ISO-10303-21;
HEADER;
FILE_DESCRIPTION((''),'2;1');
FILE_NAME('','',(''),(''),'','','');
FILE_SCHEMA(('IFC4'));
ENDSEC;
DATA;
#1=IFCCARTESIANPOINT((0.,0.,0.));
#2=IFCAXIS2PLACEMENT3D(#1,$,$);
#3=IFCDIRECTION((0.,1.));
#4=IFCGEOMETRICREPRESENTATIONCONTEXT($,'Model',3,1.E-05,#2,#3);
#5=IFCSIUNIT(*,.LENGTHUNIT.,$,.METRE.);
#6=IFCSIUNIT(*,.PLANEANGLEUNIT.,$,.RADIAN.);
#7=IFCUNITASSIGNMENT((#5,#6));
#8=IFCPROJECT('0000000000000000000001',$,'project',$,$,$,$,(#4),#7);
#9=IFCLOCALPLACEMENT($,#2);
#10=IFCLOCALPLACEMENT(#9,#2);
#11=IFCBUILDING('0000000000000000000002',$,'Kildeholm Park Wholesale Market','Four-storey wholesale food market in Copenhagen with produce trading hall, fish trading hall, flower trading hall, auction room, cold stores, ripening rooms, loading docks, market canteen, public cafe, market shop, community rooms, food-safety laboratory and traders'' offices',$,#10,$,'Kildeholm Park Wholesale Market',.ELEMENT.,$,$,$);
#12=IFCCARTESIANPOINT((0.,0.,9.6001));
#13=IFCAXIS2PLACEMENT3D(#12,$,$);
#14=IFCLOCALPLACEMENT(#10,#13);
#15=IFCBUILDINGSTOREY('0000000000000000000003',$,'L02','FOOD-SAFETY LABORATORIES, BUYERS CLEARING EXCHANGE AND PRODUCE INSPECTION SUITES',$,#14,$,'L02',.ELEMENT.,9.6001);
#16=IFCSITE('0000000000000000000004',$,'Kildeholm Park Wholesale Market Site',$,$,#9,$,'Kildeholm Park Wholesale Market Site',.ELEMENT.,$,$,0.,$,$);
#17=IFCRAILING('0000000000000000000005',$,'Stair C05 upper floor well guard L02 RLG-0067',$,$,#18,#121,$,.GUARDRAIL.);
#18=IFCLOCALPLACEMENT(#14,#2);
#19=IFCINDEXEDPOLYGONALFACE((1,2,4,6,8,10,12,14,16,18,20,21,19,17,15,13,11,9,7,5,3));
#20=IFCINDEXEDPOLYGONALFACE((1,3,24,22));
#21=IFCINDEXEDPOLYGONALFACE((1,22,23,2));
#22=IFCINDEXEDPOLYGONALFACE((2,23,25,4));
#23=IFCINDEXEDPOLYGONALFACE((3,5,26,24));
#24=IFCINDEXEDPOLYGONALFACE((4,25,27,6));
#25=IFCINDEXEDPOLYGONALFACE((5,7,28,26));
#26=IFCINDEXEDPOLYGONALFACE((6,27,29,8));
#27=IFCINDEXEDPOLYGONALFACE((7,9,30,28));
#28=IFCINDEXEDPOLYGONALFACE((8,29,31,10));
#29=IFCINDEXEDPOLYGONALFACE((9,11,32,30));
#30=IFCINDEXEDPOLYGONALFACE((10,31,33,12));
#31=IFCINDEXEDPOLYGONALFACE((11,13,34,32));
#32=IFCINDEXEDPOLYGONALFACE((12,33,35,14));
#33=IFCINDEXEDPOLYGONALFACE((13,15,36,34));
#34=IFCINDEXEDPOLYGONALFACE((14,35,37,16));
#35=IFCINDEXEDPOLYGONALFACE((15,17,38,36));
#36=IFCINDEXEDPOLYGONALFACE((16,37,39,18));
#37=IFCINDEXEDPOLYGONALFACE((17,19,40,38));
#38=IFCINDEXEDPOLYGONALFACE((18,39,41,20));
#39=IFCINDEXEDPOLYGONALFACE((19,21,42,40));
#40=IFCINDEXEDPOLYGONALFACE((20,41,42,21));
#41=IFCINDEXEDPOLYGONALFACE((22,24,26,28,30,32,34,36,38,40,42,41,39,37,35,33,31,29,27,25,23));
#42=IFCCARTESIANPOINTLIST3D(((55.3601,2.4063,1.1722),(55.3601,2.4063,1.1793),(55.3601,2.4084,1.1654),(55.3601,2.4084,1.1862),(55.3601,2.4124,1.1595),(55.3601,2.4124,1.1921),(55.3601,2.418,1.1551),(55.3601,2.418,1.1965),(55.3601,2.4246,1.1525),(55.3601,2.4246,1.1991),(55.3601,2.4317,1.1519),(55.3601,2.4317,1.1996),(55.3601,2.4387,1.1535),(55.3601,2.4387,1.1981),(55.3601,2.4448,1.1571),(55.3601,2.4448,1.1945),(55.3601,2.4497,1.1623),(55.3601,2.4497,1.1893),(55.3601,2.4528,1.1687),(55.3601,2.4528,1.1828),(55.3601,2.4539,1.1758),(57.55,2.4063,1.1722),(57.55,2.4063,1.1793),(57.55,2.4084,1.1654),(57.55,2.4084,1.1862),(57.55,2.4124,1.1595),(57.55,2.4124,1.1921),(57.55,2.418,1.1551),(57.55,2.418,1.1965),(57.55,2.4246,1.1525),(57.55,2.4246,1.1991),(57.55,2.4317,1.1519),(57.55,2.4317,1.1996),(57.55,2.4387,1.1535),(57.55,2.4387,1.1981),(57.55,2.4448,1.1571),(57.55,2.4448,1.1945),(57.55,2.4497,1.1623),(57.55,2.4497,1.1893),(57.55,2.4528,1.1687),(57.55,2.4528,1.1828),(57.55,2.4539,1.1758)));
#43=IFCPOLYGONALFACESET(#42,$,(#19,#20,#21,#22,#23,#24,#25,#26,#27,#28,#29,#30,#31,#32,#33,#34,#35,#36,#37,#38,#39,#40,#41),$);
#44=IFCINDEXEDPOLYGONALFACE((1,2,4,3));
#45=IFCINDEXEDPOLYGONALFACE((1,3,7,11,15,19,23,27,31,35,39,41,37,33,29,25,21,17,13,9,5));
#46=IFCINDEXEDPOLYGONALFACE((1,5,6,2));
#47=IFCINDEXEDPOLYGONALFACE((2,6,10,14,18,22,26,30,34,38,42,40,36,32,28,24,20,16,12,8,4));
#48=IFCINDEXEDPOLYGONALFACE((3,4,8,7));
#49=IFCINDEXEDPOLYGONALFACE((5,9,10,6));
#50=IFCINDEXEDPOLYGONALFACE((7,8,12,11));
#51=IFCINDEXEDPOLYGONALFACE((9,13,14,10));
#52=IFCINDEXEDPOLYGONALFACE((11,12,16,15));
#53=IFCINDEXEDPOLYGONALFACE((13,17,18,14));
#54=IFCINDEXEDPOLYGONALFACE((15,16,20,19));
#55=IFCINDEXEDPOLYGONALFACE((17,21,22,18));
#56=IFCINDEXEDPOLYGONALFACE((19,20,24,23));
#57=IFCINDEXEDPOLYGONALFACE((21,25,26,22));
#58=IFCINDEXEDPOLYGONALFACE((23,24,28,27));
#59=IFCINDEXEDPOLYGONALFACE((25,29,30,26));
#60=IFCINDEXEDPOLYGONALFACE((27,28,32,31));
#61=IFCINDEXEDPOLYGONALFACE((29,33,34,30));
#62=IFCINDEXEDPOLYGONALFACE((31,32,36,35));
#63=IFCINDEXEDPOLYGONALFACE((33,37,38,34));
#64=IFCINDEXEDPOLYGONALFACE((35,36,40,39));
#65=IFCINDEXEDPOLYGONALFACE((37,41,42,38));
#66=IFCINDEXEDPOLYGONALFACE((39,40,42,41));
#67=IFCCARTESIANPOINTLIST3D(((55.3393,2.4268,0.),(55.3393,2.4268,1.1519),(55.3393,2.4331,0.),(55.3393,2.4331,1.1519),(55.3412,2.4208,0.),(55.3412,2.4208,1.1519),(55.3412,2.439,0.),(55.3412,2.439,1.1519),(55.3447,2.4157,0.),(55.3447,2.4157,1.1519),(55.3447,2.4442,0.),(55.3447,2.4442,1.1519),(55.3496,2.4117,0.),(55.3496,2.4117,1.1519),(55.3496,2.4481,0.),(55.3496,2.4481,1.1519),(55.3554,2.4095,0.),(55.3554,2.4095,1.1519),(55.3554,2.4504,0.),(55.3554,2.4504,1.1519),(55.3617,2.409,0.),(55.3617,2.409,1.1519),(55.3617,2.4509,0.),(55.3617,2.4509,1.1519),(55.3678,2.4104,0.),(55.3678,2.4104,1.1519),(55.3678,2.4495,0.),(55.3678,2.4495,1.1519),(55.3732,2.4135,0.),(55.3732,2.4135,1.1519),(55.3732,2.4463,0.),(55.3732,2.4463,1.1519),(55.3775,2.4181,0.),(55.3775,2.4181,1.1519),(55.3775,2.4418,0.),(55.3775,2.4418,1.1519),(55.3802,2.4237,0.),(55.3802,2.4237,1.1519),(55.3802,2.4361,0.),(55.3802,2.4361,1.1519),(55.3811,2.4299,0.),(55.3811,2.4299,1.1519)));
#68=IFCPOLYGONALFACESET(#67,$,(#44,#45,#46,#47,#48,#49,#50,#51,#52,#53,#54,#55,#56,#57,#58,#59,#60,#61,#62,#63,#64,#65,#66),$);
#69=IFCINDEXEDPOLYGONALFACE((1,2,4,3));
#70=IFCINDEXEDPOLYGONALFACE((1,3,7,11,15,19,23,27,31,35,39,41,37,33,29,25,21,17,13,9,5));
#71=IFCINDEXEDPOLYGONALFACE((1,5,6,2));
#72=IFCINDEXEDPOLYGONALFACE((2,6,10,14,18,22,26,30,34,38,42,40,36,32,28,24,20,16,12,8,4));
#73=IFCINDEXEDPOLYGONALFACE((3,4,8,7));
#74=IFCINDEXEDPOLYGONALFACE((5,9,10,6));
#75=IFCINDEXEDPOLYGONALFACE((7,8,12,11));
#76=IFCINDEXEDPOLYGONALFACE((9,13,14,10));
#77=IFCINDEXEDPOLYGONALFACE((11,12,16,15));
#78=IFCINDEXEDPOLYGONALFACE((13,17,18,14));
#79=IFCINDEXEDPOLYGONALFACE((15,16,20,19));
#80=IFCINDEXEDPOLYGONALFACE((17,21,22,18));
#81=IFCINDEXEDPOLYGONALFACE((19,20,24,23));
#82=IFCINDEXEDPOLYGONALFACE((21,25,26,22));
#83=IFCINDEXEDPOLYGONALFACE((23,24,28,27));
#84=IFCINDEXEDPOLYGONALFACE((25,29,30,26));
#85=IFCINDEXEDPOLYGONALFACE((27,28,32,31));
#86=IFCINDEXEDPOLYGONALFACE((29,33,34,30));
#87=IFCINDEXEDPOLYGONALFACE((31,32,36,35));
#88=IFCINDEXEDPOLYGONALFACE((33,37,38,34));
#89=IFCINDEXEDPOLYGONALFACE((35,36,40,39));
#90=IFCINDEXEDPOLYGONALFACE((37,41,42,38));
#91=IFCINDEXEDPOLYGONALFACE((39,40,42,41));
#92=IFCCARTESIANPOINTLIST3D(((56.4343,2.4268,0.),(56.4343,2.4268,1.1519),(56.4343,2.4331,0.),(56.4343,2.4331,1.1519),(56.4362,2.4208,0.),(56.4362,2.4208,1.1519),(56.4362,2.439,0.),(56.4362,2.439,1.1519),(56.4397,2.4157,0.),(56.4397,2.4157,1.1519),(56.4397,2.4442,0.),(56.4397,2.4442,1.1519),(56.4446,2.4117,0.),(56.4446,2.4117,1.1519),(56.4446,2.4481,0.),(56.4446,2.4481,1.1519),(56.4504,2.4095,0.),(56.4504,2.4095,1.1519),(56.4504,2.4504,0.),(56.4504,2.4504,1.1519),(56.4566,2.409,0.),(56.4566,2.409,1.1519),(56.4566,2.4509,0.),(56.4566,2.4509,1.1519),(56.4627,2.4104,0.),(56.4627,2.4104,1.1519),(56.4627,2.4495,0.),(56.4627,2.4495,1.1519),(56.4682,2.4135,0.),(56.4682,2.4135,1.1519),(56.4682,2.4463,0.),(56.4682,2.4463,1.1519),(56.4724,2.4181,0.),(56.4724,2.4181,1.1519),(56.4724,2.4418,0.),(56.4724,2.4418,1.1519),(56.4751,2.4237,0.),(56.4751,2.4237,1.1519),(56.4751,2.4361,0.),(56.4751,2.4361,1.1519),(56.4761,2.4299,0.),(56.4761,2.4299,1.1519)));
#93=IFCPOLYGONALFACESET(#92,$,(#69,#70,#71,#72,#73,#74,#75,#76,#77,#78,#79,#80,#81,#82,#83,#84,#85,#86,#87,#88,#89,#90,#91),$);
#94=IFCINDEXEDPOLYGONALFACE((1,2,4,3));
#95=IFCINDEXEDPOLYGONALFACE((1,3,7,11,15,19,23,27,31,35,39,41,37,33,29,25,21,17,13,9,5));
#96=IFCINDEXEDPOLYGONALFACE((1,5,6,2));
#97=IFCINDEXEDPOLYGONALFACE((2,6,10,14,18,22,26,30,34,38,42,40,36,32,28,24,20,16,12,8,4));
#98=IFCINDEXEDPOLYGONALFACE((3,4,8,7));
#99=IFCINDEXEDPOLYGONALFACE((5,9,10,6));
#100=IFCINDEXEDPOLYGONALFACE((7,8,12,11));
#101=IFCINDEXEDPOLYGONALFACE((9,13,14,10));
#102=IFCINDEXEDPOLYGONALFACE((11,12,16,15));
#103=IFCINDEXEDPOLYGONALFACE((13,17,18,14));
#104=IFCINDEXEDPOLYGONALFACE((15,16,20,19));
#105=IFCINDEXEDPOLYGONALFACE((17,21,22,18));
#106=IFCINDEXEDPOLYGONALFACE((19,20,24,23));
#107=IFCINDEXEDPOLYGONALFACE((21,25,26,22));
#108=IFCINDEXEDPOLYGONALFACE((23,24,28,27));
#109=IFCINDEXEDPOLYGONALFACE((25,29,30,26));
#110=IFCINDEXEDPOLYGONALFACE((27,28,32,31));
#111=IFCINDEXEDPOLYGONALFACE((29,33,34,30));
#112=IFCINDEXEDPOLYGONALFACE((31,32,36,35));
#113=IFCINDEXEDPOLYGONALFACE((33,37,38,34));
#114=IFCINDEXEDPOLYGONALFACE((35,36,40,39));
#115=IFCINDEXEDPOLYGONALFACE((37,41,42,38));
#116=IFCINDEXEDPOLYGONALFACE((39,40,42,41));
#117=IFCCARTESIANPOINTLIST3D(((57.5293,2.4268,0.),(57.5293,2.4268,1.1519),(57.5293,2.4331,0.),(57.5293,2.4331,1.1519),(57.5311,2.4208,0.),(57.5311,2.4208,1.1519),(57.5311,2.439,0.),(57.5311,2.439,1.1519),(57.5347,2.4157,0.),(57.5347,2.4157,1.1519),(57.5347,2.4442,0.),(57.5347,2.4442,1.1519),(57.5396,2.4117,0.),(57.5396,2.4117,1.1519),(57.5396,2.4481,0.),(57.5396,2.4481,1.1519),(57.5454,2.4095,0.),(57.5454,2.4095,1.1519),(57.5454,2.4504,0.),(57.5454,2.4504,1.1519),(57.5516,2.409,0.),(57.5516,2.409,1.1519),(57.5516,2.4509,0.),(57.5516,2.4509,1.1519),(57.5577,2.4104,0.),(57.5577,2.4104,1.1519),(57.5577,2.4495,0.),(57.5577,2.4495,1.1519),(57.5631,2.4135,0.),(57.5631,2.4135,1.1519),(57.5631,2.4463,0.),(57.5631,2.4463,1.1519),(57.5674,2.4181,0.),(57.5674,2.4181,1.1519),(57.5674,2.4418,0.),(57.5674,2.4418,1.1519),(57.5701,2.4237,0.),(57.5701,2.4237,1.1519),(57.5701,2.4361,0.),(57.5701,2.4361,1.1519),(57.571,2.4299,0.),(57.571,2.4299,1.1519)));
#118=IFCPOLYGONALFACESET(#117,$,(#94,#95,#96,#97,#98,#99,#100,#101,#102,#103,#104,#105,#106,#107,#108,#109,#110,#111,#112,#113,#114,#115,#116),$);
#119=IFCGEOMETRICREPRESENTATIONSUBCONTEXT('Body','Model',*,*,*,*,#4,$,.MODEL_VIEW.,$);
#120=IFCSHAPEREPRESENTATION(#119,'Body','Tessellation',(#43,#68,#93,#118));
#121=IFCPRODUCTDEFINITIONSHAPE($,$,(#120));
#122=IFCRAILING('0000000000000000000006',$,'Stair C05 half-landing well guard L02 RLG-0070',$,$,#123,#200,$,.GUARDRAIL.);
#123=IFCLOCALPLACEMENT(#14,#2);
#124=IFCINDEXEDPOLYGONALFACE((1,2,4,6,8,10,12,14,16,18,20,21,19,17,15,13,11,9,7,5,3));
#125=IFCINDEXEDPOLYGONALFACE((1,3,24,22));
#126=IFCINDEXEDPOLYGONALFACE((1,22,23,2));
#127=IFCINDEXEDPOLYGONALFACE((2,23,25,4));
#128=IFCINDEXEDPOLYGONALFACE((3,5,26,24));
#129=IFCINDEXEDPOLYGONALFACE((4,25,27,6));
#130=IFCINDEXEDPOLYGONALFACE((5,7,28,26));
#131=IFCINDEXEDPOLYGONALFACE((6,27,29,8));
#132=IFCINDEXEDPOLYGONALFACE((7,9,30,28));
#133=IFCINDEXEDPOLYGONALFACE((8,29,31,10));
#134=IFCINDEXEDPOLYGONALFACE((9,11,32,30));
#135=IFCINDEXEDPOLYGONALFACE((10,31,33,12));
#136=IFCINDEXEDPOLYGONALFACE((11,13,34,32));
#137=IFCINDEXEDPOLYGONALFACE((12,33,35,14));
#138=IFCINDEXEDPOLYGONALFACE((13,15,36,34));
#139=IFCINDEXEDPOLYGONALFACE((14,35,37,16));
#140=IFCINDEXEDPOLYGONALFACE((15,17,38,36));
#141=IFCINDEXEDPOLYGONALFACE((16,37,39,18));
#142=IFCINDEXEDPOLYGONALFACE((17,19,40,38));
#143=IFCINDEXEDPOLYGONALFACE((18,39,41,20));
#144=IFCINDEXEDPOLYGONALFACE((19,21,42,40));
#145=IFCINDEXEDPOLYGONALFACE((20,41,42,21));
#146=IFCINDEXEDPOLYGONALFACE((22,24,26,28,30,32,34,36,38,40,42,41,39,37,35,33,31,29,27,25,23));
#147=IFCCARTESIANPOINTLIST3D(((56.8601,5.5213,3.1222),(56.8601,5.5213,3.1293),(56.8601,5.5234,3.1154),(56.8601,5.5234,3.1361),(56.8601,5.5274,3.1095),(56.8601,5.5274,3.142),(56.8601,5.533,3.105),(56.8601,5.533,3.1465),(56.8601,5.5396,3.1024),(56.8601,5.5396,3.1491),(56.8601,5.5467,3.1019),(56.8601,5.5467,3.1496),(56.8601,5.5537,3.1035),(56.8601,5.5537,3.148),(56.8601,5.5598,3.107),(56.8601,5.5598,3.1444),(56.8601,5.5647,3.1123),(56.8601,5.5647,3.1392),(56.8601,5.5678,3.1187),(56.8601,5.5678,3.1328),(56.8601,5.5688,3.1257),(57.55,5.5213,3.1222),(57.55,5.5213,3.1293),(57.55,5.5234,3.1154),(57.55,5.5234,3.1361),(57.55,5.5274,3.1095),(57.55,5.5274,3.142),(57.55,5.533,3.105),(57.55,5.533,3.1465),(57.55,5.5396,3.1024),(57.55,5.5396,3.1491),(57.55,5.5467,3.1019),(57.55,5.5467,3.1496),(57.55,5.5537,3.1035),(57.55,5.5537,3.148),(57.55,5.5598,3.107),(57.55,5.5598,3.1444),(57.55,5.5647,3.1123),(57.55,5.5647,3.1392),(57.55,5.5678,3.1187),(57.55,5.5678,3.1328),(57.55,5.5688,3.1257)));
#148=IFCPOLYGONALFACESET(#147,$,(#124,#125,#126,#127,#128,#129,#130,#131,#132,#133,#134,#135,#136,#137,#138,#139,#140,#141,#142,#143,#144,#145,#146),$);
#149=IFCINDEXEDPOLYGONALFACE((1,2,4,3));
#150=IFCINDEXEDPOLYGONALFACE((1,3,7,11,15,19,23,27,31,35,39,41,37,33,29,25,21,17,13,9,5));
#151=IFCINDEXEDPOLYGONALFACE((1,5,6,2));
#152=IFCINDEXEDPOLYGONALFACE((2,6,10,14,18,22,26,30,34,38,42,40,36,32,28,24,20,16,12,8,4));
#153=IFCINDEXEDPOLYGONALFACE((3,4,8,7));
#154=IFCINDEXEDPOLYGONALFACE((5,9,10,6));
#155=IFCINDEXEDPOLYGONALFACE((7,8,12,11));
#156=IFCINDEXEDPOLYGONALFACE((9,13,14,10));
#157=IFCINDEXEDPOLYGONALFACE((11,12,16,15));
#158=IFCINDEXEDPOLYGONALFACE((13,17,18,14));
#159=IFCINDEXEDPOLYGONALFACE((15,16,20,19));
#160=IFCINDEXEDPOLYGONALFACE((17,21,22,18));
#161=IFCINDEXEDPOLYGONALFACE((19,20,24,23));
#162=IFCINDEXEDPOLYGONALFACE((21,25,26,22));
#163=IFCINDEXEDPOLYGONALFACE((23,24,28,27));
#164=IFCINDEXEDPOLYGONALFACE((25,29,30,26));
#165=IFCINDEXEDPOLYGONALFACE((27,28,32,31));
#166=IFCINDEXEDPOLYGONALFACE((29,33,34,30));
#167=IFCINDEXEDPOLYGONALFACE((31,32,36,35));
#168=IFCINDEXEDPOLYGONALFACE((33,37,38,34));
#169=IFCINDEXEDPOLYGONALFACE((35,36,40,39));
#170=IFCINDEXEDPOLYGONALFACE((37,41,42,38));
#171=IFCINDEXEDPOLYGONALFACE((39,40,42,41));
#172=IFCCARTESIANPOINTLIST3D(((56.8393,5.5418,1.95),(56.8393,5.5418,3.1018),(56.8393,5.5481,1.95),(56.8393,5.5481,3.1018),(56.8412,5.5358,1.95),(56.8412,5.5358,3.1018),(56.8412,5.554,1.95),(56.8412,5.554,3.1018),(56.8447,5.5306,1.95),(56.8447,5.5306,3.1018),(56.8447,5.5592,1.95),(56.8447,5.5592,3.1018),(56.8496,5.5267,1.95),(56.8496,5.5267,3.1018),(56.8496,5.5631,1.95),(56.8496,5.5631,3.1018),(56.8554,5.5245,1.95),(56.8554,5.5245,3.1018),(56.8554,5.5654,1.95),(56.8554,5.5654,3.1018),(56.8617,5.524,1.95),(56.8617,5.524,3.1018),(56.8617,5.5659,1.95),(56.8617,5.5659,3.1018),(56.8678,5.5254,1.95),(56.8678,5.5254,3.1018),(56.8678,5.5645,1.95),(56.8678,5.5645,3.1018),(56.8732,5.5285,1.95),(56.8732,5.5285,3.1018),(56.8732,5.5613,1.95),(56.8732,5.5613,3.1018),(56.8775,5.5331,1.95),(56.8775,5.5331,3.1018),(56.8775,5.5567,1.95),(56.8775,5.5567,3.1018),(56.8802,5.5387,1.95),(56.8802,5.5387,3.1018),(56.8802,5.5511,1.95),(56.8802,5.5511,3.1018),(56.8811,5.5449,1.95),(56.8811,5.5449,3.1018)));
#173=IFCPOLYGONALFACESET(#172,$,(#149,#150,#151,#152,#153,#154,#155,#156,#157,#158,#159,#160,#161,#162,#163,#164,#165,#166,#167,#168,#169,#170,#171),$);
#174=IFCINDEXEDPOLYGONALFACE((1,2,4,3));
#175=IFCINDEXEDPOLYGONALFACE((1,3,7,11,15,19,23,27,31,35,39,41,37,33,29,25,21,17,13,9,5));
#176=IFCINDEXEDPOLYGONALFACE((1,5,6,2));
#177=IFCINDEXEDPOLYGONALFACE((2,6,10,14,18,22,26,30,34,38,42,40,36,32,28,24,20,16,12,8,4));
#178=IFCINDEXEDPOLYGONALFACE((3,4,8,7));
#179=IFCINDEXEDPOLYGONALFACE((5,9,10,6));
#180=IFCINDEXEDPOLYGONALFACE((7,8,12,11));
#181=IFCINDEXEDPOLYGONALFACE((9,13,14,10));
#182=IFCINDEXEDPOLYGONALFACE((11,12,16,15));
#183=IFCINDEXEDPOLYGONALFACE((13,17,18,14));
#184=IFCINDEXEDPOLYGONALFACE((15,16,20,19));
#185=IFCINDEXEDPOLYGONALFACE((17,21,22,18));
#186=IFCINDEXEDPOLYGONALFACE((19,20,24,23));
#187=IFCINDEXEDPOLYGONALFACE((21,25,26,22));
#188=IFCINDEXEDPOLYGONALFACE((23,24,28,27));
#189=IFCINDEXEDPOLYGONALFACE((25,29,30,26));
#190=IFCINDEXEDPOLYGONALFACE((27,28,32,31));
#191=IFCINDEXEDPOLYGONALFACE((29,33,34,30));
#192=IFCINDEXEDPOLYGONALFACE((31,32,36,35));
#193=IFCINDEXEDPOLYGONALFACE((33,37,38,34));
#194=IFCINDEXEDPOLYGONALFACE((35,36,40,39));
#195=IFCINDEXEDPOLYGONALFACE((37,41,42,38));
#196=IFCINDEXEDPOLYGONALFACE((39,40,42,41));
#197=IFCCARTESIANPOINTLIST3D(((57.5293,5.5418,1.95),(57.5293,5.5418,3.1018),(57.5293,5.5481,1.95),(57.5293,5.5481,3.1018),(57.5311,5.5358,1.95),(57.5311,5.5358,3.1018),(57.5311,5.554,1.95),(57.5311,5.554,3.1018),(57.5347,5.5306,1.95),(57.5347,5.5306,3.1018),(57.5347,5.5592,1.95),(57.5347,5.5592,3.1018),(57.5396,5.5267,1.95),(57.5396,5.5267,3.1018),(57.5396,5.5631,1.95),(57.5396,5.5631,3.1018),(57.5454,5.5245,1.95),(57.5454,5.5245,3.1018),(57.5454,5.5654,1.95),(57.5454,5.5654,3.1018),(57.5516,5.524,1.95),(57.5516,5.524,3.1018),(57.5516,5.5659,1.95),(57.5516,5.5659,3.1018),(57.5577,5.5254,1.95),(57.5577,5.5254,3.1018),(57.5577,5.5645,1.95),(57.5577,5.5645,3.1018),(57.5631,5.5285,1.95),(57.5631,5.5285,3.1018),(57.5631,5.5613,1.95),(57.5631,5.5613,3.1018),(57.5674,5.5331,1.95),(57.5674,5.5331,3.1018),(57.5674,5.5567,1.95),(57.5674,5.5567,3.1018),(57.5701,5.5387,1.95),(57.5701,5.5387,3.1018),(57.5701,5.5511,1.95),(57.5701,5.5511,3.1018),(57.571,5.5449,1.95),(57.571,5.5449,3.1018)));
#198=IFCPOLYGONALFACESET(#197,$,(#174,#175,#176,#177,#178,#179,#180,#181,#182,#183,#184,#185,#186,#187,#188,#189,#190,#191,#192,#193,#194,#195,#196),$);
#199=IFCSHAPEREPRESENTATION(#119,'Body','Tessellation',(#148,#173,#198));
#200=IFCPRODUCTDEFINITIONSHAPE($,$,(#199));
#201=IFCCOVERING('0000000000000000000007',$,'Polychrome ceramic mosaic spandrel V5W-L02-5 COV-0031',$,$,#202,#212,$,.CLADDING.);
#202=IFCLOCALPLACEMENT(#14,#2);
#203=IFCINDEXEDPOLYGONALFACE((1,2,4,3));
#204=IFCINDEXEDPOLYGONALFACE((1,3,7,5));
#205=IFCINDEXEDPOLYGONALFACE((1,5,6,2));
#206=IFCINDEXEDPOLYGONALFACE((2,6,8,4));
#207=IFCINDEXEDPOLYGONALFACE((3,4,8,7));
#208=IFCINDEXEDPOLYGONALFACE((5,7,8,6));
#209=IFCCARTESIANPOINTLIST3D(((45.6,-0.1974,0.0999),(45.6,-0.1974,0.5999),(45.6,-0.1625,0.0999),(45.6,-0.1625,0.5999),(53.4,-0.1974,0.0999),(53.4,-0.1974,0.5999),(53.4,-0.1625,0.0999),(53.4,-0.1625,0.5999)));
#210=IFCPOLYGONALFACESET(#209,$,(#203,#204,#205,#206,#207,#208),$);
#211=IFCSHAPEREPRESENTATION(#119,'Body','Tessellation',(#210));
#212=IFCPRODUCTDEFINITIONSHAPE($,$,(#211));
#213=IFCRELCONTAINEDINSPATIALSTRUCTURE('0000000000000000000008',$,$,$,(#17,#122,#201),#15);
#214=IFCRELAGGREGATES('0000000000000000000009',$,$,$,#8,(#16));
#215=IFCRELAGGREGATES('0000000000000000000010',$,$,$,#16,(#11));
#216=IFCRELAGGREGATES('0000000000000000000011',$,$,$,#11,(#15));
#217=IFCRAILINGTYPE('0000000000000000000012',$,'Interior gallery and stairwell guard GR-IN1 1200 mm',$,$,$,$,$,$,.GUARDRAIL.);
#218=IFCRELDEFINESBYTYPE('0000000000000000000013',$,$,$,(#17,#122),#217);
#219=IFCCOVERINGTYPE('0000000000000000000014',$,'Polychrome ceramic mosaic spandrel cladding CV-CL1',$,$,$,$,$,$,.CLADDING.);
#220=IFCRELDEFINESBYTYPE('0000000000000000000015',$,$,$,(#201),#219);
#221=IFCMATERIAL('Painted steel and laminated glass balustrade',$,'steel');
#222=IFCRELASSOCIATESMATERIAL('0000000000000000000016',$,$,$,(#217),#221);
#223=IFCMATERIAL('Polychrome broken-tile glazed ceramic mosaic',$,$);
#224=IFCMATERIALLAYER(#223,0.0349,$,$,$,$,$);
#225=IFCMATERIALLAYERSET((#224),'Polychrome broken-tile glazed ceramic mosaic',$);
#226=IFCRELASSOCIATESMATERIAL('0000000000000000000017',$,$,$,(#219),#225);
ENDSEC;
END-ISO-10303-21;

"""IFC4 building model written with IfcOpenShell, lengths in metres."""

from ifc_helpers import new_model, si_unit, direction, frame, origin, origin_2d, place, context, subcontext, project, spatial, rectangle, circle, extrude, material, layer, layer_set, type_object, element, save


model = new_model("IFC4")

# Units and contexts
model_context = context("Model", 3, precision=1e-05, world=origin(), true_north=direction((0.0, 1.0)))
body_context = subcontext(model_context, "Body", "Model", "MODEL_VIEW")
ifc_project = project(units=[si_unit("LENGTHUNIT", "METRE"), si_unit("PLANEANGLEUNIT", "RADIAN")], contexts=[model_context])

# Site, building, storey
site_placement = place(None, origin())
site = spatial("IfcSite", under=ifc_project, at=site_placement, Name="Kildeholm Park Wholesale Market Site", LongName="Kildeholm Park Wholesale Market Site", CompositionType="ELEMENT", RefElevation=0.0)
building_placement = place(site_placement, origin())
building = spatial("IfcBuilding", under=site, at=building_placement, Name="Kildeholm Park Wholesale Market", Description="Four-storey wholesale food market in Copenhagen with produce trading hall, fish trading hall, flower trading hall, auction room, cold stores, ripening rooms, loading docks, market canteen, public cafe, market shop, community rooms, food-safety laboratory and traders' offices", LongName="Kildeholm Park Wholesale Market", CompositionType="ELEMENT")
storey_placement = place(building_placement, frame((0.0, 0.0, 9.6001)))
storey = spatial("IfcBuildingStorey", under=building, at=storey_placement, Name="L02", Description="FOOD-SAFETY LABORATORIES, BUYERS CLEARING EXCHANGE AND PRODUCE INSPECTION SUITES", LongName="L02", CompositionType="ELEMENT", Elevation=9.6001)

# Railings
ifc_material_1 = material(Name="Painted steel and laminated glass balustrade", Category="steel")
railing_type_1 = type_object("IfcRailingType", Name="Interior gallery and stairwell guard GR-IN1 1200 mm", PredefinedType="GUARDRAIL", material=ifc_material_1)
railing_1_placement = place(storey_placement, frame((55.3601, 2.4299, 0.0)))
element("IfcRailing", 1, at=railing_1_placement, inside=storey, type_object=railing_type_1, Name="Stair C05 upper floor well guard L02 RLG-0067", PredefinedType="GUARDRAIL", context=body_context, shape_type="SweptSolid", body=[
    extrude(circle(Radius=0.0239, at=origin_2d()), frame((0.0, 0.0, 1.1758), z_axis=(1.0, 0.0, 0.0), x_axis=(0.0, 1.0, 0.0)), (0.0, 0.0, 1.0), 2.1899),
    extrude(circle(Radius=0.021, at=origin_2d()), origin(), (0.0, 0.0, 1.0), 1.1519),
    extrude(circle(Radius=0.021, at=origin_2d()), frame((1.095, 0.0, 0.0)), (0.0, 0.0, 1.0), 1.1519),
    extrude(circle(Radius=0.021, at=origin_2d()), frame((2.1899, 0.0, 0.0)), (0.0, 0.0, 1.0), 1.1519),
])
railing_2_placement = place(storey_placement, frame((56.8601, 5.5449, 1.95)))
element("IfcRailing", 2, at=railing_2_placement, inside=storey, type_object=railing_type_1, Name="Stair C05 half-landing well guard L02 RLG-0070", PredefinedType="GUARDRAIL", context=body_context, shape_type="SweptSolid", body=[
    extrude(circle(Radius=0.0239, at=origin_2d()), frame((0.0, 0.0, 1.1758), z_axis=(1.0, 0.0, 0.0), x_axis=(0.0, 1.0, 0.0)), (0.0, 0.0, 1.0), 0.6899),
    extrude(circle(Radius=0.021, at=origin_2d()), origin(), (0.0, 0.0, 1.0), 1.1519),
    extrude(circle(Radius=0.021, at=origin_2d()), frame((0.6899, 0.0, 0.0)), (0.0, 0.0, 1.0), 1.1519),
])

# Covering
ifc_material_2 = material(Name="Polychrome broken-tile glazed ceramic mosaic")
ifc_layer_1 = layer(ifc_material_2, 0.0349)
ifc_layer_set_1 = layer_set([ifc_layer_1], Name="Polychrome broken-tile glazed ceramic mosaic")
covering_type = type_object("IfcCoveringType", Name="Polychrome ceramic mosaic spandrel cladding CV-CL1", PredefinedType="CLADDING", material=ifc_layer_set_1)
covering_placement = place(storey_placement, frame((49.5, -0.1799, 0.0999), z_axis=(0.0, 0.0, 1.0), x_axis=(1.0, 0.0, 0.0)))
element("IfcCovering", 3, at=covering_placement, inside=storey, type_object=covering_type, Name="Polychrome ceramic mosaic spandrel V5W-L02-5 COV-0031", PredefinedType="CLADDING", context=body_context, shape_type="SweptSolid", body=[
    extrude(rectangle(XDim=7.8, YDim=0.0349, at=origin_2d()), origin(), (0.0, 0.0, 1.0), 0.5),
])

save(model, "model.ifc")
